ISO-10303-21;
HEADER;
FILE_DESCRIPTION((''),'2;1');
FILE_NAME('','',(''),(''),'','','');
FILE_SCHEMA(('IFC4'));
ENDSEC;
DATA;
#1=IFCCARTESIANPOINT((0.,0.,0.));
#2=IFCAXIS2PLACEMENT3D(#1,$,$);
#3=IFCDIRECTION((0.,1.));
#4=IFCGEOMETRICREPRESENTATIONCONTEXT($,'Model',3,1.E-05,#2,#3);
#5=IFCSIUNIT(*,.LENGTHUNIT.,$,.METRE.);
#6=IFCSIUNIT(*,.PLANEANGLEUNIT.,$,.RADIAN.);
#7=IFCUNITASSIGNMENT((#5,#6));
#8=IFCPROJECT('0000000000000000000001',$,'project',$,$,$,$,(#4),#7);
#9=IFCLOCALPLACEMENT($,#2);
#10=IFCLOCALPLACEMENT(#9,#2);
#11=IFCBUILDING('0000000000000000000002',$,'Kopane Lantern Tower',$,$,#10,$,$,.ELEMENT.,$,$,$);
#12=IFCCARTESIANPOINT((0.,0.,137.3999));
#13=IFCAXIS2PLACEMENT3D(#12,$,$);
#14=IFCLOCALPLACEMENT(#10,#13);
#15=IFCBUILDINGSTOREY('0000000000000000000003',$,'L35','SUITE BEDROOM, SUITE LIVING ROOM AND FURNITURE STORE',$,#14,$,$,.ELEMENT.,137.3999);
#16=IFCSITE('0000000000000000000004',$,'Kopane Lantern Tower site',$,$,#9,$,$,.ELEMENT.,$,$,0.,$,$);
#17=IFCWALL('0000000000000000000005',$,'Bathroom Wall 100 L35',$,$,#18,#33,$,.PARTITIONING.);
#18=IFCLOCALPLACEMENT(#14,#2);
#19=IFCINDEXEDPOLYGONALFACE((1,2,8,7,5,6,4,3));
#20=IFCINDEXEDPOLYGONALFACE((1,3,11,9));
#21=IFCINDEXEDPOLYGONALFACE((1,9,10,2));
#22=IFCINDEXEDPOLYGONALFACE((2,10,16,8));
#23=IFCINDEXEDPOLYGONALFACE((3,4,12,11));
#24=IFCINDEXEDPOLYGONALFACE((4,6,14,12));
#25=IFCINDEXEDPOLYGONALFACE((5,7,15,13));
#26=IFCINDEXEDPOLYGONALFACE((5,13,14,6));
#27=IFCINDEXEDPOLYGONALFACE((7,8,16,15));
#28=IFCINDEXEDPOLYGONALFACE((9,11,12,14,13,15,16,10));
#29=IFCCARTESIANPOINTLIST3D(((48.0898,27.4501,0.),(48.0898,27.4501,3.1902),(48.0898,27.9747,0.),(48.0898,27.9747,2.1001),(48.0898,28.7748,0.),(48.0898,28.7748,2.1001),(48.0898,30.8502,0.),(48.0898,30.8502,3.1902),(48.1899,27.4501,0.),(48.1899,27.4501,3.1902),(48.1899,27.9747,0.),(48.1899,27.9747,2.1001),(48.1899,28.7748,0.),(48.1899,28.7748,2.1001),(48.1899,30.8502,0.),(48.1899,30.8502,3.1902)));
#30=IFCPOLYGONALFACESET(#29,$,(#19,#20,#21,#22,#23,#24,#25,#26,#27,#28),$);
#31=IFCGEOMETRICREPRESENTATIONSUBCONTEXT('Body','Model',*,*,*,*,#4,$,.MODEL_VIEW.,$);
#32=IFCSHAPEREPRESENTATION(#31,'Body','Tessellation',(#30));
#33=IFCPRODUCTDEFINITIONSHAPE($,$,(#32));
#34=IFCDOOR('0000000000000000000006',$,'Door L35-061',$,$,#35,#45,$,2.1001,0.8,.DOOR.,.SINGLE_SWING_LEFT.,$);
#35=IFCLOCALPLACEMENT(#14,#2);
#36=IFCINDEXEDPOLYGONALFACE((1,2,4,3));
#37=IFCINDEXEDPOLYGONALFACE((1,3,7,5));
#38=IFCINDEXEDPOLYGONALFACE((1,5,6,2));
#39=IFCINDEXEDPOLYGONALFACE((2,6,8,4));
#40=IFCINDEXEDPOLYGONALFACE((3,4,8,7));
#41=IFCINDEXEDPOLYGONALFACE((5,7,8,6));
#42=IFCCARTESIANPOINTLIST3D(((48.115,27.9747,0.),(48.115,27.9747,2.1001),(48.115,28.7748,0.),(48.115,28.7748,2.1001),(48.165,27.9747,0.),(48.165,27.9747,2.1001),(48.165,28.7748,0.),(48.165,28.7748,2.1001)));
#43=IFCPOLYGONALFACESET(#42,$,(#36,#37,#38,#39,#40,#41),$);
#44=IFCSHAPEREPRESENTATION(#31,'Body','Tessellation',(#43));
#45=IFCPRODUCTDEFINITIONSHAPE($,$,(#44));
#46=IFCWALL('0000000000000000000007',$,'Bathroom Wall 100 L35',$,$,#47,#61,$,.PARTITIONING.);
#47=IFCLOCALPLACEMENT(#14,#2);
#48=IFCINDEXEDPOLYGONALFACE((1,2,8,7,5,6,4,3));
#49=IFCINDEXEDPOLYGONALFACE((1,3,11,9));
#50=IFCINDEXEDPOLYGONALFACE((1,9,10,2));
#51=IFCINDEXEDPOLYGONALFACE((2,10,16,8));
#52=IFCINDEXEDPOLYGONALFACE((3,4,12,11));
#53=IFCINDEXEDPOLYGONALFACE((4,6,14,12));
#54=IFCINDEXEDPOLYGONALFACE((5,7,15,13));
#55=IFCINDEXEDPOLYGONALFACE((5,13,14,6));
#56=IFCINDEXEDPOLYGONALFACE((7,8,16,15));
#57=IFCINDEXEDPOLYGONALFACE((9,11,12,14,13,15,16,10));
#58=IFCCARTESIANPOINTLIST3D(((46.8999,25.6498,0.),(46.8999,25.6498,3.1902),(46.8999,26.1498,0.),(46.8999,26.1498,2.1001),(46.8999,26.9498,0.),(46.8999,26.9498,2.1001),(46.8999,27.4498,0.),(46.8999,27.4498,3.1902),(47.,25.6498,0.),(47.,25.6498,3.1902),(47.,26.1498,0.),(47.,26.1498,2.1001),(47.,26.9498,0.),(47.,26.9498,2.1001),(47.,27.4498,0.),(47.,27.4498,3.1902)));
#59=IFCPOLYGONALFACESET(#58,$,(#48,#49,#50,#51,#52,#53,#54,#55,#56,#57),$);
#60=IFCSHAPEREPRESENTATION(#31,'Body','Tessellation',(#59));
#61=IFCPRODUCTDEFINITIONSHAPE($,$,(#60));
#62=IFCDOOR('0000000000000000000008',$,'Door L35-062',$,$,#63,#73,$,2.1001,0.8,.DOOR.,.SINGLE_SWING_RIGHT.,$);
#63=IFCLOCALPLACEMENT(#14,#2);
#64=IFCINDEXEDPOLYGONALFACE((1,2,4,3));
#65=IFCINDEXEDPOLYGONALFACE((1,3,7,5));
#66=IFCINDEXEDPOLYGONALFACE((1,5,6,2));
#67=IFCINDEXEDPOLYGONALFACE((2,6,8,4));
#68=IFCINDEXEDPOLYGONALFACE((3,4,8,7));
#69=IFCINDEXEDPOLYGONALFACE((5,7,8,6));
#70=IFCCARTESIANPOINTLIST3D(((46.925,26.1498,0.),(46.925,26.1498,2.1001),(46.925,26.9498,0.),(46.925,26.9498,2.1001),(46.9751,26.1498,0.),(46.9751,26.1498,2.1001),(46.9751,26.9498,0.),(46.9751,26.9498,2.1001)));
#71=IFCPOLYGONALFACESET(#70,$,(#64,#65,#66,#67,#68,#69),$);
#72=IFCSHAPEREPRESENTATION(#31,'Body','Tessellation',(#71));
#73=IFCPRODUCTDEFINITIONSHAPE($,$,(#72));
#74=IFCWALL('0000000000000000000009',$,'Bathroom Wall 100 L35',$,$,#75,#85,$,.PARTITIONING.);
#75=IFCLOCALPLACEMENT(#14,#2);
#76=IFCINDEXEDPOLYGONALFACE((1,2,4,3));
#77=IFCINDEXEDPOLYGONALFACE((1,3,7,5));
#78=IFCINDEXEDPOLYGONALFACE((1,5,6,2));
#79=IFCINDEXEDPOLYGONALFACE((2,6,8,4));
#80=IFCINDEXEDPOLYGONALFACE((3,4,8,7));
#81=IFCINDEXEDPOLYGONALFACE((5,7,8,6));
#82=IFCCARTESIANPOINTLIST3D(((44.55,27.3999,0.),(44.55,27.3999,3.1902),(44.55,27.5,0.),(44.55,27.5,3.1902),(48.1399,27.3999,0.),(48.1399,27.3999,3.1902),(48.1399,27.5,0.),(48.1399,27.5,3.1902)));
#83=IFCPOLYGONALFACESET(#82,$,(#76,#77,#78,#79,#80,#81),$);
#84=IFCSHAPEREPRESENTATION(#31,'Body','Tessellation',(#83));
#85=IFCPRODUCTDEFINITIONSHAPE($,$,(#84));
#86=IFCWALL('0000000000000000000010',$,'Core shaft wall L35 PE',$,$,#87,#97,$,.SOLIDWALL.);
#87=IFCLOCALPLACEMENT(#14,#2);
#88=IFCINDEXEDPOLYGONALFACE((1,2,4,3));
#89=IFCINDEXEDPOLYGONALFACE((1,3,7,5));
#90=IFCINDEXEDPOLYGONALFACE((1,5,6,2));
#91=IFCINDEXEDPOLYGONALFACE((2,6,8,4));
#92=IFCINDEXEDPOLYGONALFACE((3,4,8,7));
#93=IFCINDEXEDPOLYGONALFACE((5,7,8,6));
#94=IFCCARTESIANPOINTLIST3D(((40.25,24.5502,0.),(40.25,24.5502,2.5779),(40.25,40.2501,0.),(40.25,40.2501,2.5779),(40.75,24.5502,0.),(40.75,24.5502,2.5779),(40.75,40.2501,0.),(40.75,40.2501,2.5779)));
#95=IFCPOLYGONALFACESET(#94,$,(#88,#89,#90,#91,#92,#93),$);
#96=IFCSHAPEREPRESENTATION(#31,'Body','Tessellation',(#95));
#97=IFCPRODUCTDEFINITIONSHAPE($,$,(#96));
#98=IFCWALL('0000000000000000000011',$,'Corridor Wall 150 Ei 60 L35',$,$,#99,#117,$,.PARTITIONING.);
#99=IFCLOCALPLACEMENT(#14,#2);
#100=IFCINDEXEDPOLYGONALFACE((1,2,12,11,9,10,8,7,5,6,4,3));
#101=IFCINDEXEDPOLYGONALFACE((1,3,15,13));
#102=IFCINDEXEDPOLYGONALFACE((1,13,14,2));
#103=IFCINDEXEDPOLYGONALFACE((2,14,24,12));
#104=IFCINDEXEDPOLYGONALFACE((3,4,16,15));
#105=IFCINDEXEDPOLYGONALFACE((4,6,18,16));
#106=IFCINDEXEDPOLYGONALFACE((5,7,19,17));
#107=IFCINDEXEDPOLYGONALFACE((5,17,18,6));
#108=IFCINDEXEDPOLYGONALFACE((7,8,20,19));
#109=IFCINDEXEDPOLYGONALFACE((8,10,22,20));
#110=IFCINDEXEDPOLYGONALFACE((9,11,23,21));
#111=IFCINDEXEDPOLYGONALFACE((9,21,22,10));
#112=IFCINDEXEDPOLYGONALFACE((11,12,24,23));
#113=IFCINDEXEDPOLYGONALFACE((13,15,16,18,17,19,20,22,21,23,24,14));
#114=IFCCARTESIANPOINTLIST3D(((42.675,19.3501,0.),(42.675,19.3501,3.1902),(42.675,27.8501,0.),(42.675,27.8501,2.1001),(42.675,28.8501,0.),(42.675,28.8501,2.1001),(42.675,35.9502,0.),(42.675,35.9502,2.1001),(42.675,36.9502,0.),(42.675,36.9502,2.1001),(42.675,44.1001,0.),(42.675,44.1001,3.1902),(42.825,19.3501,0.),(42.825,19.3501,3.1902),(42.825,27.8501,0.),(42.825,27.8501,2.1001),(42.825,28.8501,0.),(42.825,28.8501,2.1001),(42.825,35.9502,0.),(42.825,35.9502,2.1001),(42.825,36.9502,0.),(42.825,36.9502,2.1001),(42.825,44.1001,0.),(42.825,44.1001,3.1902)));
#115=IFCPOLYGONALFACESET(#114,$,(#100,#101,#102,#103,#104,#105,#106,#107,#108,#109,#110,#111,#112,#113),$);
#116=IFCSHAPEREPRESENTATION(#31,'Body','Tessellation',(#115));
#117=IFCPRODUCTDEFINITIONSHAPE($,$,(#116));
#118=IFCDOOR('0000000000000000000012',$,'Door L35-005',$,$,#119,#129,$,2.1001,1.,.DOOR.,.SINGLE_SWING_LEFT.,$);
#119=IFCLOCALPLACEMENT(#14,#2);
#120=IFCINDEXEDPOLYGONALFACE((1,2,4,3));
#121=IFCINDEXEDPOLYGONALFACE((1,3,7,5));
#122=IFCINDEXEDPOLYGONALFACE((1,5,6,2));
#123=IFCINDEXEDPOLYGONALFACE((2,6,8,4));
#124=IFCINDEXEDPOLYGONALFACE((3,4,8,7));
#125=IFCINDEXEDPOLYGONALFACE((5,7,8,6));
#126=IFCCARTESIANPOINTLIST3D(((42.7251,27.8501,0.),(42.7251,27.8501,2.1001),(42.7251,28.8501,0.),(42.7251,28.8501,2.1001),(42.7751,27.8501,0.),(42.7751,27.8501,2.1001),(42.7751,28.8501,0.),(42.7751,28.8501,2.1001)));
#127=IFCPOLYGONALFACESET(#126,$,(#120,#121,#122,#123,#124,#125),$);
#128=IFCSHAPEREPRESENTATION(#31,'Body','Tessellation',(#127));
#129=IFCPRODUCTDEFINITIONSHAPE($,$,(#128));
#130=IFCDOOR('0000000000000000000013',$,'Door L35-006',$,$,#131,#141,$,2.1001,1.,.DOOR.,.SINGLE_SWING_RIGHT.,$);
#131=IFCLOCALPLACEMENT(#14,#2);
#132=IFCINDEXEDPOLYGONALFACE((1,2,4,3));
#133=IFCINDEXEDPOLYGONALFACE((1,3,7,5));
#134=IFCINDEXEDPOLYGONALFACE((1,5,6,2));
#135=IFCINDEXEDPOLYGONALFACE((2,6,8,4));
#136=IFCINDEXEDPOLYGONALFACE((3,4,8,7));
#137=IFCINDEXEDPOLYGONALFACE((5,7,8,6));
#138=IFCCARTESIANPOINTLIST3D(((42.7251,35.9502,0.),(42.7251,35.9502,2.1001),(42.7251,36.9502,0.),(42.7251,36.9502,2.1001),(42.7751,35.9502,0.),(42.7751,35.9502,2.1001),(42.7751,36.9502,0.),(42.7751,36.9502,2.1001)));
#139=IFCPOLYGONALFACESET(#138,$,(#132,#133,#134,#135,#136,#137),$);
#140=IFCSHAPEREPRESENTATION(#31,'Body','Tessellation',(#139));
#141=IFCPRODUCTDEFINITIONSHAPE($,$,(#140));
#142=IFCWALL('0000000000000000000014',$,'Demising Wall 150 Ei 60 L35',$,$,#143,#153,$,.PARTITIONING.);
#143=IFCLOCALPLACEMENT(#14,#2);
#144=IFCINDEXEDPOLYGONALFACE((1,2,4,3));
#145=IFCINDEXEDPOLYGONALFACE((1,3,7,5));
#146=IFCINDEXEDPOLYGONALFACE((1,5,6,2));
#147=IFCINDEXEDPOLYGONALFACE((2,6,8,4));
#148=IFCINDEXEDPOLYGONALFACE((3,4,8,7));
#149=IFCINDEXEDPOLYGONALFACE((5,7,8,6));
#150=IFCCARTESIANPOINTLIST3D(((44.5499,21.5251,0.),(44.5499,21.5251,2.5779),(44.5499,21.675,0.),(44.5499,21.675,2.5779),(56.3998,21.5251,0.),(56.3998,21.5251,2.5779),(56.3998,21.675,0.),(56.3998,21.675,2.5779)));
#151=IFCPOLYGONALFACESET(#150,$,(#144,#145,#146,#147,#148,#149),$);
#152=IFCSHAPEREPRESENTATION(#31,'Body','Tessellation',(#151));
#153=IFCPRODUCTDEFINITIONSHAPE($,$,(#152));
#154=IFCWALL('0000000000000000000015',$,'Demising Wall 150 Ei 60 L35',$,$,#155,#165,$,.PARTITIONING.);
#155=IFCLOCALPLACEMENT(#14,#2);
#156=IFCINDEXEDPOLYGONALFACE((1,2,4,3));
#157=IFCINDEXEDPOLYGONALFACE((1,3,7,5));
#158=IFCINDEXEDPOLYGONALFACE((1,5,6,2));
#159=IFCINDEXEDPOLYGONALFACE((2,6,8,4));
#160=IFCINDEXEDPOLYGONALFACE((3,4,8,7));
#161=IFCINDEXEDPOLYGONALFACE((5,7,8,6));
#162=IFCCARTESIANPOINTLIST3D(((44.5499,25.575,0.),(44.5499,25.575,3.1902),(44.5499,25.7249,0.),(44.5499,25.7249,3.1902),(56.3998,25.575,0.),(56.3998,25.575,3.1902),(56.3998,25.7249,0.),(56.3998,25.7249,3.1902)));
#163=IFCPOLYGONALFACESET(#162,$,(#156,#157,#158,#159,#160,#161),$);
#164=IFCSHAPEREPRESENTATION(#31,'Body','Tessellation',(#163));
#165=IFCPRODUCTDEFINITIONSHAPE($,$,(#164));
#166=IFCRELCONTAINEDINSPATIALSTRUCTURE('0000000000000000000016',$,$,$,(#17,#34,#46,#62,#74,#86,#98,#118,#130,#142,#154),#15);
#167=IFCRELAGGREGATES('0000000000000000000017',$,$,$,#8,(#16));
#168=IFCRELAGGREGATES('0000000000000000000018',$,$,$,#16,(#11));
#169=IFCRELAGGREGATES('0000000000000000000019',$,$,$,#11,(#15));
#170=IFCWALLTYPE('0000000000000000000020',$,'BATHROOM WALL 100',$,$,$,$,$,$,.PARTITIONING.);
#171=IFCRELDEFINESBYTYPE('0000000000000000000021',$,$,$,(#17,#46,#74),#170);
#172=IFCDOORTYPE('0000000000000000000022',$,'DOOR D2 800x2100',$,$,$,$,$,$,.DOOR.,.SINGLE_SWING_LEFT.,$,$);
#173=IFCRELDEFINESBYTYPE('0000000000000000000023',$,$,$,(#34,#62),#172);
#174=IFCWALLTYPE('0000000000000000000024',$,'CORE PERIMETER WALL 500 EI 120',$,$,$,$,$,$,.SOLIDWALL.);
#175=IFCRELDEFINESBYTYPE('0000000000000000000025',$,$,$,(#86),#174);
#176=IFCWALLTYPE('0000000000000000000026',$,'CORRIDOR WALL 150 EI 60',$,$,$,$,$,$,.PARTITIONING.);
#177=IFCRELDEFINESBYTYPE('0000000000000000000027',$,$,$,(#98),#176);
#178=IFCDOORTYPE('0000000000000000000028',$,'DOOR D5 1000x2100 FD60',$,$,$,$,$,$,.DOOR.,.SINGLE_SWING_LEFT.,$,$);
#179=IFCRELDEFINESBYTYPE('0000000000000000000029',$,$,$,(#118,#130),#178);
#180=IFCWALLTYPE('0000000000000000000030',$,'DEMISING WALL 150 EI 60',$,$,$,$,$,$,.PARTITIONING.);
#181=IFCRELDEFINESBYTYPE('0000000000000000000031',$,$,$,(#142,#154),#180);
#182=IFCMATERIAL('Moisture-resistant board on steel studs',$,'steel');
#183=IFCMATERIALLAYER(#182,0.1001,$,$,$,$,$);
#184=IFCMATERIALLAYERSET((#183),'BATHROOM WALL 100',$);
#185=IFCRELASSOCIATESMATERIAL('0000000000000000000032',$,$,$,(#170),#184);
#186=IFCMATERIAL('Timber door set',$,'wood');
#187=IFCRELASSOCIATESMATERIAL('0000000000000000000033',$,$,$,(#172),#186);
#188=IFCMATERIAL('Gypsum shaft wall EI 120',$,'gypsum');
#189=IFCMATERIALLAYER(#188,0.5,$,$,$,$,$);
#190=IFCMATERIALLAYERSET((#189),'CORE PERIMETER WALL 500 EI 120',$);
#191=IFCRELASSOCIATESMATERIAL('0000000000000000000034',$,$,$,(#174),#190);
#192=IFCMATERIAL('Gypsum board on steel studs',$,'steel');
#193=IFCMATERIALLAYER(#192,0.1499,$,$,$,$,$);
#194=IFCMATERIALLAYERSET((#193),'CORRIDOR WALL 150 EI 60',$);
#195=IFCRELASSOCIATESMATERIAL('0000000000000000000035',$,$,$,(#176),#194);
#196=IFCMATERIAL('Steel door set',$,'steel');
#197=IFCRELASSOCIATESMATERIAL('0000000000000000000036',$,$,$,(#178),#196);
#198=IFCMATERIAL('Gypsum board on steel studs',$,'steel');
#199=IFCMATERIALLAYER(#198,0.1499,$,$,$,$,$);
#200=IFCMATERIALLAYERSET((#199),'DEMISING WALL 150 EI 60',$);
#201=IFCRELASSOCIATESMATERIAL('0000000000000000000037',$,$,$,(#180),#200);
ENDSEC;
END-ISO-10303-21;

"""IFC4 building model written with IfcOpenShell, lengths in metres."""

from ifc_helpers import new_model, si_unit, direction, frame, frame_2d, origin, place, context, subcontext, project, spatial, rectangle, extrude, material, layer, layer_set, type_object, element, fill, save


model = new_model("IFC4")

# Units and contexts
model_context = context("Model", 3, precision=1e-05, world=origin(), true_north=direction((0.0, 1.0)))
body_context = subcontext(model_context, "Body", "Model", "MODEL_VIEW")
ifc_project = project(units=[si_unit("LENGTHUNIT", "METRE"), si_unit("PLANEANGLEUNIT", "RADIAN")], contexts=[model_context])

# Site, building, storey
site_placement = place(None, origin())
site = spatial("IfcSite", under=ifc_project, at=site_placement, Name="Kopane Lantern Tower site", CompositionType="ELEMENT", RefElevation=0.0)
building_placement = place(site_placement, origin())
building = spatial("IfcBuilding", under=site, at=building_placement, Name="Kopane Lantern Tower", CompositionType="ELEMENT")
storey_placement = place(building_placement, frame((0.0, 0.0, 137.3999)))
storey = spatial("IfcBuildingStorey", under=building, at=storey_placement, Name="L35", Description="SUITE BEDROOM, SUITE LIVING ROOM AND FURNITURE STORE", CompositionType="ELEMENT", Elevation=137.3999)

# Shared definitions
ifc_material_1 = material(Name="Moisture-resistant board on steel studs", Category="steel")
ifc_layer_1 = layer(ifc_material_1, 0.1001)
ifc_layer_set_1 = layer_set([ifc_layer_1], Name="BATHROOM WALL 100")
wall_type_1 = type_object("IfcWallType", Name="BATHROOM WALL 100", PredefinedType="PARTITIONING", material=ifc_layer_set_1)

# Walls, openings, doors
ifc_material_2 = material(Name="Timber door set", Category="wood")
door_type_1 = type_object("IfcDoorType", Name="DOOR D2 800x2100", OperationType="SINGLE_SWING_LEFT", PredefinedType="DOOR", material=ifc_material_2)
wall_1_placement = place(storey_placement, frame((48.1399, 27.45, 0.0), z_axis=(0.0, 0.0, 1.0), x_axis=(0.0, 1.0, 0.0)))
wall_1 = element("IfcWall", 1, at=wall_1_placement, inside=storey, type_object=wall_type_1, Name="Bathroom Wall 100 L35", PredefinedType="PARTITIONING", context=body_context, shape_type="SweptSolid", body=[
    extrude(rectangle(XDim=3.4001, YDim=0.1001, at=frame_2d((1.7002, 0.0))), origin(), (0.0, 0.0, 1.0), 3.1902),
])
opening_1_placement = place(wall_1_placement, frame((0.5249, 0.0, 0.0)))
opening_1 = element("IfcOpeningElement", 2, at=opening_1_placement, cuts=wall_1, PredefinedType="OPENING", context=body_context, shape_type="SweptSolid", body=[
    extrude(rectangle(XDim=0.8, YDim=2.1001, at=frame_2d((0.3999, 1.05))), frame((0.0, 0.0601, 0.0), z_axis=(0.0, -1.0, 0.0), x_axis=(1.0, 0.0, 0.0)), (0.0, 0.0, 1.0), 0.1201),
])
door_1_placement = place(opening_1_placement, origin())
door_1 = element("IfcDoor", 3, at=door_1_placement, inside=storey, type_object=door_type_1, Name="Door L35-061", OperationType="SINGLE_SWING_LEFT", OverallHeight=2.1001, OverallWidth=0.8, PredefinedType="DOOR", context=body_context, shape_type="SweptSolid", body=[
    extrude(rectangle(XDim=0.8, YDim=2.1001, at=frame_2d((0.3999, 1.05))), frame((0.0, 0.0249, 0.0), z_axis=(0.0, -1.0, 0.0), x_axis=(1.0, 0.0, 0.0)), (0.0, 0.0, 1.0), 0.05),
])
fill(opening_1, door_1)
wall_2_placement = place(storey_placement, frame((46.95, 25.6499, 0.0), z_axis=(0.0, 0.0, 1.0), x_axis=(0.0, 1.0, 0.0)))
wall_2 = element("IfcWall", 4, at=wall_2_placement, inside=storey, type_object=wall_type_1, Name="Bathroom Wall 100 L35", PredefinedType="PARTITIONING", context=body_context, shape_type="SweptSolid", body=[
    extrude(rectangle(XDim=1.8, YDim=0.1001, at=frame_2d((0.8999, 0.0))), origin(), (0.0, 0.0, 1.0), 3.1902),
])
opening_2_placement = place(wall_2_placement, frame((0.5, 0.0, 0.0)))
opening_2 = element("IfcOpeningElement", 5, at=opening_2_placement, cuts=wall_2, PredefinedType="OPENING", context=body_context, shape_type="SweptSolid", body=[
    extrude(rectangle(XDim=0.8, YDim=2.1001, at=frame_2d((0.3999, 1.05))), frame((0.0, 0.0601, 0.0), z_axis=(0.0, -1.0, 0.0), x_axis=(1.0, 0.0, 0.0)), (0.0, 0.0, 1.0), 0.1201),
])
door_2_placement = place(opening_2_placement, origin())
door_2 = element("IfcDoor", 6, at=door_2_placement, inside=storey, type_object=door_type_1, Name="Door L35-062", OperationType="SINGLE_SWING_RIGHT", OverallHeight=2.1001, OverallWidth=0.8, PredefinedType="DOOR", context=body_context, shape_type="SweptSolid", body=[
    extrude(rectangle(XDim=0.8, YDim=2.1001, at=frame_2d((0.3999, 1.05))), frame((0.0, 0.0249, 0.0), z_axis=(0.0, -1.0, 0.0), x_axis=(1.0, 0.0, 0.0)), (0.0, 0.0, 1.0), 0.05),
])
fill(opening_2, door_2)

# Walls
wall_3_placement = place(storey_placement, frame((44.55, 27.45, 0.0), z_axis=(0.0, 0.0, 1.0), x_axis=(1.0, 0.0, 0.0)))
element("IfcWall", 7, at=wall_3_placement, inside=storey, type_object=wall_type_1, Name="Bathroom Wall 100 L35", PredefinedType="PARTITIONING", context=body_context, shape_type="SweptSolid", body=[
    extrude(rectangle(XDim=3.5898, YDim=0.1001, at=frame_2d((1.7949, 0.0))), origin(), (0.0, 0.0, 1.0), 3.1902),
])
ifc_material_3 = material(Name="Gypsum shaft wall EI 120", Category="gypsum")
ifc_layer_2 = layer(ifc_material_3, 0.5)
ifc_layer_set_2 = layer_set([ifc_layer_2], Name="CORE PERIMETER WALL 500 EI 120")
wall_type_2 = type_object("IfcWallType", Name="CORE PERIMETER WALL 500 EI 120", PredefinedType="SOLIDWALL", material=ifc_layer_set_2)
wall_4_placement = place(storey_placement, frame((40.5, 24.55, 0.0), z_axis=(0.0, 0.0, 1.0), x_axis=(0.0, 1.0, 0.0)))
element("IfcWall", 8, at=wall_4_placement, inside=storey, type_object=wall_type_2, Name="Core shaft wall L35 PE", PredefinedType="SOLIDWALL", context=body_context, shape_type="SweptSolid", body=[
    extrude(rectangle(XDim=15.7, YDim=0.5, at=frame_2d((7.8501, 0.0))), origin(), (0.0, 0.0, 1.0), 2.5779),
])

# Wall, openings, doors
ifc_material_4 = material(Name="Gypsum board on steel studs", Category="steel")
ifc_layer_3 = layer(ifc_material_4, 0.1499)
ifc_layer_set_3 = layer_set([ifc_layer_3], Name="CORRIDOR WALL 150 EI 60")
wall_type_3 = type_object("IfcWallType", Name="CORRIDOR WALL 150 EI 60", PredefinedType="PARTITIONING", material=ifc_layer_set_3)
wall_5_placement = place(storey_placement, frame((42.75, 19.3501, 0.0), z_axis=(0.0, 0.0, 1.0), x_axis=(0.0, 1.0, 0.0)))
wall_5 = element("IfcWall", 9, at=wall_5_placement, inside=storey, type_object=wall_type_3, Name="Corridor Wall 150 Ei 60 L35", PredefinedType="PARTITIONING", context=body_context, shape_type="SweptSolid", body=[
    extrude(rectangle(XDim=24.75, YDim=0.1499, at=frame_2d((12.375, 0.0))), origin(), (0.0, 0.0, 1.0), 3.1902),
])
opening_3_placement = place(wall_5_placement, frame((8.5, 0.0, 0.0)))
opening_3 = element("IfcOpeningElement", 10, at=opening_3_placement, cuts=wall_5, PredefinedType="OPENING", context=body_context, shape_type="SweptSolid", body=[
    extrude(rectangle(XDim=1.0, YDim=2.1001, at=frame_2d((0.5, 1.05))), frame((0.0, 0.085, 0.0), z_axis=(0.0, -1.0, 0.0), x_axis=(1.0, 0.0, 0.0)), (0.0, 0.0, 1.0), 0.1699),
])
opening_4_placement = place(wall_5_placement, frame((16.6001, 0.0, 0.0)))
opening_4 = element("IfcOpeningElement", 11, at=opening_4_placement, cuts=wall_5, PredefinedType="OPENING", context=body_context, shape_type="SweptSolid", body=[
    extrude(rectangle(XDim=1.0, YDim=2.1001, at=frame_2d((0.5, 1.05))), frame((0.0, 0.085, 0.0), z_axis=(0.0, -1.0, 0.0), x_axis=(1.0, 0.0, 0.0)), (0.0, 0.0, 1.0), 0.1699),
])
ifc_material_5 = material(Name="Steel door set", Category="steel")
door_type_2 = type_object("IfcDoorType", Name="DOOR D5 1000x2100 FD60", OperationType="SINGLE_SWING_LEFT", PredefinedType="DOOR", material=ifc_material_5)
door_3_placement = place(opening_3_placement, origin())
door_3 = element("IfcDoor", 12, at=door_3_placement, inside=storey, type_object=door_type_2, Name="Door L35-005", OperationType="SINGLE_SWING_LEFT", OverallHeight=2.1001, OverallWidth=1.0, PredefinedType="DOOR", context=body_context, shape_type="SweptSolid", body=[
    extrude(rectangle(XDim=1.0, YDim=2.1001, at=frame_2d((0.5, 1.05))), frame((0.0, 0.0249, 0.0), z_axis=(0.0, -1.0, 0.0), x_axis=(1.0, 0.0, 0.0)), (0.0, 0.0, 1.0), 0.05),
])
fill(opening_3, door_3)
door_4_placement = place(opening_4_placement, origin())
door_4 = element("IfcDoor", 13, at=door_4_placement, inside=storey, type_object=door_type_2, Name="Door L35-006", OperationType="SINGLE_SWING_RIGHT", OverallHeight=2.1001, OverallWidth=1.0, PredefinedType="DOOR", context=body_context, shape_type="SweptSolid", body=[
    extrude(rectangle(XDim=1.0, YDim=2.1001, at=frame_2d((0.5, 1.05))), frame((0.0, 0.0249, 0.0), z_axis=(0.0, -1.0, 0.0), x_axis=(1.0, 0.0, 0.0)), (0.0, 0.0, 1.0), 0.05),
])
fill(opening_4, door_4)

# Walls
ifc_material_6 = material(Name="Gypsum board on steel studs", Category="steel")
ifc_layer_4 = layer(ifc_material_6, 0.1499)
ifc_layer_set_4 = layer_set([ifc_layer_4], Name="DEMISING WALL 150 EI 60")
wall_type_4 = type_object("IfcWallType", Name="DEMISING WALL 150 EI 60", PredefinedType="PARTITIONING", material=ifc_layer_set_4)
wall_6_placement = place(storey_placement, frame((44.55, 21.6001, 0.0), z_axis=(0.0, 0.0, 1.0), x_axis=(1.0, 0.0, 0.0)))
element("IfcWall", 14, at=wall_6_placement, inside=storey, type_object=wall_type_4, Name="Demising Wall 150 Ei 60 L35", PredefinedType="PARTITIONING", context=body_context, shape_type="SweptSolid", body=[
    extrude(rectangle(XDim=11.8499, YDim=0.1499, at=frame_2d((5.9248, 0.0))), origin(), (0.0, 0.0, 1.0), 2.5779),
])
wall_7_placement = place(storey_placement, frame((44.55, 25.6499, 0.0), z_axis=(0.0, 0.0, 1.0), x_axis=(1.0, 0.0, 0.0)))
element("IfcWall", 15, at=wall_7_placement, inside=storey, type_object=wall_type_4, Name="Demising Wall 150 Ei 60 L35", PredefinedType="PARTITIONING", context=body_context, shape_type="SweptSolid", body=[
    extrude(rectangle(XDim=11.8499, YDim=0.1499, at=frame_2d((5.9248, 0.0))), origin(), (0.0, 0.0, 1.0), 3.1902),
])

save(model, "model.ifc")
